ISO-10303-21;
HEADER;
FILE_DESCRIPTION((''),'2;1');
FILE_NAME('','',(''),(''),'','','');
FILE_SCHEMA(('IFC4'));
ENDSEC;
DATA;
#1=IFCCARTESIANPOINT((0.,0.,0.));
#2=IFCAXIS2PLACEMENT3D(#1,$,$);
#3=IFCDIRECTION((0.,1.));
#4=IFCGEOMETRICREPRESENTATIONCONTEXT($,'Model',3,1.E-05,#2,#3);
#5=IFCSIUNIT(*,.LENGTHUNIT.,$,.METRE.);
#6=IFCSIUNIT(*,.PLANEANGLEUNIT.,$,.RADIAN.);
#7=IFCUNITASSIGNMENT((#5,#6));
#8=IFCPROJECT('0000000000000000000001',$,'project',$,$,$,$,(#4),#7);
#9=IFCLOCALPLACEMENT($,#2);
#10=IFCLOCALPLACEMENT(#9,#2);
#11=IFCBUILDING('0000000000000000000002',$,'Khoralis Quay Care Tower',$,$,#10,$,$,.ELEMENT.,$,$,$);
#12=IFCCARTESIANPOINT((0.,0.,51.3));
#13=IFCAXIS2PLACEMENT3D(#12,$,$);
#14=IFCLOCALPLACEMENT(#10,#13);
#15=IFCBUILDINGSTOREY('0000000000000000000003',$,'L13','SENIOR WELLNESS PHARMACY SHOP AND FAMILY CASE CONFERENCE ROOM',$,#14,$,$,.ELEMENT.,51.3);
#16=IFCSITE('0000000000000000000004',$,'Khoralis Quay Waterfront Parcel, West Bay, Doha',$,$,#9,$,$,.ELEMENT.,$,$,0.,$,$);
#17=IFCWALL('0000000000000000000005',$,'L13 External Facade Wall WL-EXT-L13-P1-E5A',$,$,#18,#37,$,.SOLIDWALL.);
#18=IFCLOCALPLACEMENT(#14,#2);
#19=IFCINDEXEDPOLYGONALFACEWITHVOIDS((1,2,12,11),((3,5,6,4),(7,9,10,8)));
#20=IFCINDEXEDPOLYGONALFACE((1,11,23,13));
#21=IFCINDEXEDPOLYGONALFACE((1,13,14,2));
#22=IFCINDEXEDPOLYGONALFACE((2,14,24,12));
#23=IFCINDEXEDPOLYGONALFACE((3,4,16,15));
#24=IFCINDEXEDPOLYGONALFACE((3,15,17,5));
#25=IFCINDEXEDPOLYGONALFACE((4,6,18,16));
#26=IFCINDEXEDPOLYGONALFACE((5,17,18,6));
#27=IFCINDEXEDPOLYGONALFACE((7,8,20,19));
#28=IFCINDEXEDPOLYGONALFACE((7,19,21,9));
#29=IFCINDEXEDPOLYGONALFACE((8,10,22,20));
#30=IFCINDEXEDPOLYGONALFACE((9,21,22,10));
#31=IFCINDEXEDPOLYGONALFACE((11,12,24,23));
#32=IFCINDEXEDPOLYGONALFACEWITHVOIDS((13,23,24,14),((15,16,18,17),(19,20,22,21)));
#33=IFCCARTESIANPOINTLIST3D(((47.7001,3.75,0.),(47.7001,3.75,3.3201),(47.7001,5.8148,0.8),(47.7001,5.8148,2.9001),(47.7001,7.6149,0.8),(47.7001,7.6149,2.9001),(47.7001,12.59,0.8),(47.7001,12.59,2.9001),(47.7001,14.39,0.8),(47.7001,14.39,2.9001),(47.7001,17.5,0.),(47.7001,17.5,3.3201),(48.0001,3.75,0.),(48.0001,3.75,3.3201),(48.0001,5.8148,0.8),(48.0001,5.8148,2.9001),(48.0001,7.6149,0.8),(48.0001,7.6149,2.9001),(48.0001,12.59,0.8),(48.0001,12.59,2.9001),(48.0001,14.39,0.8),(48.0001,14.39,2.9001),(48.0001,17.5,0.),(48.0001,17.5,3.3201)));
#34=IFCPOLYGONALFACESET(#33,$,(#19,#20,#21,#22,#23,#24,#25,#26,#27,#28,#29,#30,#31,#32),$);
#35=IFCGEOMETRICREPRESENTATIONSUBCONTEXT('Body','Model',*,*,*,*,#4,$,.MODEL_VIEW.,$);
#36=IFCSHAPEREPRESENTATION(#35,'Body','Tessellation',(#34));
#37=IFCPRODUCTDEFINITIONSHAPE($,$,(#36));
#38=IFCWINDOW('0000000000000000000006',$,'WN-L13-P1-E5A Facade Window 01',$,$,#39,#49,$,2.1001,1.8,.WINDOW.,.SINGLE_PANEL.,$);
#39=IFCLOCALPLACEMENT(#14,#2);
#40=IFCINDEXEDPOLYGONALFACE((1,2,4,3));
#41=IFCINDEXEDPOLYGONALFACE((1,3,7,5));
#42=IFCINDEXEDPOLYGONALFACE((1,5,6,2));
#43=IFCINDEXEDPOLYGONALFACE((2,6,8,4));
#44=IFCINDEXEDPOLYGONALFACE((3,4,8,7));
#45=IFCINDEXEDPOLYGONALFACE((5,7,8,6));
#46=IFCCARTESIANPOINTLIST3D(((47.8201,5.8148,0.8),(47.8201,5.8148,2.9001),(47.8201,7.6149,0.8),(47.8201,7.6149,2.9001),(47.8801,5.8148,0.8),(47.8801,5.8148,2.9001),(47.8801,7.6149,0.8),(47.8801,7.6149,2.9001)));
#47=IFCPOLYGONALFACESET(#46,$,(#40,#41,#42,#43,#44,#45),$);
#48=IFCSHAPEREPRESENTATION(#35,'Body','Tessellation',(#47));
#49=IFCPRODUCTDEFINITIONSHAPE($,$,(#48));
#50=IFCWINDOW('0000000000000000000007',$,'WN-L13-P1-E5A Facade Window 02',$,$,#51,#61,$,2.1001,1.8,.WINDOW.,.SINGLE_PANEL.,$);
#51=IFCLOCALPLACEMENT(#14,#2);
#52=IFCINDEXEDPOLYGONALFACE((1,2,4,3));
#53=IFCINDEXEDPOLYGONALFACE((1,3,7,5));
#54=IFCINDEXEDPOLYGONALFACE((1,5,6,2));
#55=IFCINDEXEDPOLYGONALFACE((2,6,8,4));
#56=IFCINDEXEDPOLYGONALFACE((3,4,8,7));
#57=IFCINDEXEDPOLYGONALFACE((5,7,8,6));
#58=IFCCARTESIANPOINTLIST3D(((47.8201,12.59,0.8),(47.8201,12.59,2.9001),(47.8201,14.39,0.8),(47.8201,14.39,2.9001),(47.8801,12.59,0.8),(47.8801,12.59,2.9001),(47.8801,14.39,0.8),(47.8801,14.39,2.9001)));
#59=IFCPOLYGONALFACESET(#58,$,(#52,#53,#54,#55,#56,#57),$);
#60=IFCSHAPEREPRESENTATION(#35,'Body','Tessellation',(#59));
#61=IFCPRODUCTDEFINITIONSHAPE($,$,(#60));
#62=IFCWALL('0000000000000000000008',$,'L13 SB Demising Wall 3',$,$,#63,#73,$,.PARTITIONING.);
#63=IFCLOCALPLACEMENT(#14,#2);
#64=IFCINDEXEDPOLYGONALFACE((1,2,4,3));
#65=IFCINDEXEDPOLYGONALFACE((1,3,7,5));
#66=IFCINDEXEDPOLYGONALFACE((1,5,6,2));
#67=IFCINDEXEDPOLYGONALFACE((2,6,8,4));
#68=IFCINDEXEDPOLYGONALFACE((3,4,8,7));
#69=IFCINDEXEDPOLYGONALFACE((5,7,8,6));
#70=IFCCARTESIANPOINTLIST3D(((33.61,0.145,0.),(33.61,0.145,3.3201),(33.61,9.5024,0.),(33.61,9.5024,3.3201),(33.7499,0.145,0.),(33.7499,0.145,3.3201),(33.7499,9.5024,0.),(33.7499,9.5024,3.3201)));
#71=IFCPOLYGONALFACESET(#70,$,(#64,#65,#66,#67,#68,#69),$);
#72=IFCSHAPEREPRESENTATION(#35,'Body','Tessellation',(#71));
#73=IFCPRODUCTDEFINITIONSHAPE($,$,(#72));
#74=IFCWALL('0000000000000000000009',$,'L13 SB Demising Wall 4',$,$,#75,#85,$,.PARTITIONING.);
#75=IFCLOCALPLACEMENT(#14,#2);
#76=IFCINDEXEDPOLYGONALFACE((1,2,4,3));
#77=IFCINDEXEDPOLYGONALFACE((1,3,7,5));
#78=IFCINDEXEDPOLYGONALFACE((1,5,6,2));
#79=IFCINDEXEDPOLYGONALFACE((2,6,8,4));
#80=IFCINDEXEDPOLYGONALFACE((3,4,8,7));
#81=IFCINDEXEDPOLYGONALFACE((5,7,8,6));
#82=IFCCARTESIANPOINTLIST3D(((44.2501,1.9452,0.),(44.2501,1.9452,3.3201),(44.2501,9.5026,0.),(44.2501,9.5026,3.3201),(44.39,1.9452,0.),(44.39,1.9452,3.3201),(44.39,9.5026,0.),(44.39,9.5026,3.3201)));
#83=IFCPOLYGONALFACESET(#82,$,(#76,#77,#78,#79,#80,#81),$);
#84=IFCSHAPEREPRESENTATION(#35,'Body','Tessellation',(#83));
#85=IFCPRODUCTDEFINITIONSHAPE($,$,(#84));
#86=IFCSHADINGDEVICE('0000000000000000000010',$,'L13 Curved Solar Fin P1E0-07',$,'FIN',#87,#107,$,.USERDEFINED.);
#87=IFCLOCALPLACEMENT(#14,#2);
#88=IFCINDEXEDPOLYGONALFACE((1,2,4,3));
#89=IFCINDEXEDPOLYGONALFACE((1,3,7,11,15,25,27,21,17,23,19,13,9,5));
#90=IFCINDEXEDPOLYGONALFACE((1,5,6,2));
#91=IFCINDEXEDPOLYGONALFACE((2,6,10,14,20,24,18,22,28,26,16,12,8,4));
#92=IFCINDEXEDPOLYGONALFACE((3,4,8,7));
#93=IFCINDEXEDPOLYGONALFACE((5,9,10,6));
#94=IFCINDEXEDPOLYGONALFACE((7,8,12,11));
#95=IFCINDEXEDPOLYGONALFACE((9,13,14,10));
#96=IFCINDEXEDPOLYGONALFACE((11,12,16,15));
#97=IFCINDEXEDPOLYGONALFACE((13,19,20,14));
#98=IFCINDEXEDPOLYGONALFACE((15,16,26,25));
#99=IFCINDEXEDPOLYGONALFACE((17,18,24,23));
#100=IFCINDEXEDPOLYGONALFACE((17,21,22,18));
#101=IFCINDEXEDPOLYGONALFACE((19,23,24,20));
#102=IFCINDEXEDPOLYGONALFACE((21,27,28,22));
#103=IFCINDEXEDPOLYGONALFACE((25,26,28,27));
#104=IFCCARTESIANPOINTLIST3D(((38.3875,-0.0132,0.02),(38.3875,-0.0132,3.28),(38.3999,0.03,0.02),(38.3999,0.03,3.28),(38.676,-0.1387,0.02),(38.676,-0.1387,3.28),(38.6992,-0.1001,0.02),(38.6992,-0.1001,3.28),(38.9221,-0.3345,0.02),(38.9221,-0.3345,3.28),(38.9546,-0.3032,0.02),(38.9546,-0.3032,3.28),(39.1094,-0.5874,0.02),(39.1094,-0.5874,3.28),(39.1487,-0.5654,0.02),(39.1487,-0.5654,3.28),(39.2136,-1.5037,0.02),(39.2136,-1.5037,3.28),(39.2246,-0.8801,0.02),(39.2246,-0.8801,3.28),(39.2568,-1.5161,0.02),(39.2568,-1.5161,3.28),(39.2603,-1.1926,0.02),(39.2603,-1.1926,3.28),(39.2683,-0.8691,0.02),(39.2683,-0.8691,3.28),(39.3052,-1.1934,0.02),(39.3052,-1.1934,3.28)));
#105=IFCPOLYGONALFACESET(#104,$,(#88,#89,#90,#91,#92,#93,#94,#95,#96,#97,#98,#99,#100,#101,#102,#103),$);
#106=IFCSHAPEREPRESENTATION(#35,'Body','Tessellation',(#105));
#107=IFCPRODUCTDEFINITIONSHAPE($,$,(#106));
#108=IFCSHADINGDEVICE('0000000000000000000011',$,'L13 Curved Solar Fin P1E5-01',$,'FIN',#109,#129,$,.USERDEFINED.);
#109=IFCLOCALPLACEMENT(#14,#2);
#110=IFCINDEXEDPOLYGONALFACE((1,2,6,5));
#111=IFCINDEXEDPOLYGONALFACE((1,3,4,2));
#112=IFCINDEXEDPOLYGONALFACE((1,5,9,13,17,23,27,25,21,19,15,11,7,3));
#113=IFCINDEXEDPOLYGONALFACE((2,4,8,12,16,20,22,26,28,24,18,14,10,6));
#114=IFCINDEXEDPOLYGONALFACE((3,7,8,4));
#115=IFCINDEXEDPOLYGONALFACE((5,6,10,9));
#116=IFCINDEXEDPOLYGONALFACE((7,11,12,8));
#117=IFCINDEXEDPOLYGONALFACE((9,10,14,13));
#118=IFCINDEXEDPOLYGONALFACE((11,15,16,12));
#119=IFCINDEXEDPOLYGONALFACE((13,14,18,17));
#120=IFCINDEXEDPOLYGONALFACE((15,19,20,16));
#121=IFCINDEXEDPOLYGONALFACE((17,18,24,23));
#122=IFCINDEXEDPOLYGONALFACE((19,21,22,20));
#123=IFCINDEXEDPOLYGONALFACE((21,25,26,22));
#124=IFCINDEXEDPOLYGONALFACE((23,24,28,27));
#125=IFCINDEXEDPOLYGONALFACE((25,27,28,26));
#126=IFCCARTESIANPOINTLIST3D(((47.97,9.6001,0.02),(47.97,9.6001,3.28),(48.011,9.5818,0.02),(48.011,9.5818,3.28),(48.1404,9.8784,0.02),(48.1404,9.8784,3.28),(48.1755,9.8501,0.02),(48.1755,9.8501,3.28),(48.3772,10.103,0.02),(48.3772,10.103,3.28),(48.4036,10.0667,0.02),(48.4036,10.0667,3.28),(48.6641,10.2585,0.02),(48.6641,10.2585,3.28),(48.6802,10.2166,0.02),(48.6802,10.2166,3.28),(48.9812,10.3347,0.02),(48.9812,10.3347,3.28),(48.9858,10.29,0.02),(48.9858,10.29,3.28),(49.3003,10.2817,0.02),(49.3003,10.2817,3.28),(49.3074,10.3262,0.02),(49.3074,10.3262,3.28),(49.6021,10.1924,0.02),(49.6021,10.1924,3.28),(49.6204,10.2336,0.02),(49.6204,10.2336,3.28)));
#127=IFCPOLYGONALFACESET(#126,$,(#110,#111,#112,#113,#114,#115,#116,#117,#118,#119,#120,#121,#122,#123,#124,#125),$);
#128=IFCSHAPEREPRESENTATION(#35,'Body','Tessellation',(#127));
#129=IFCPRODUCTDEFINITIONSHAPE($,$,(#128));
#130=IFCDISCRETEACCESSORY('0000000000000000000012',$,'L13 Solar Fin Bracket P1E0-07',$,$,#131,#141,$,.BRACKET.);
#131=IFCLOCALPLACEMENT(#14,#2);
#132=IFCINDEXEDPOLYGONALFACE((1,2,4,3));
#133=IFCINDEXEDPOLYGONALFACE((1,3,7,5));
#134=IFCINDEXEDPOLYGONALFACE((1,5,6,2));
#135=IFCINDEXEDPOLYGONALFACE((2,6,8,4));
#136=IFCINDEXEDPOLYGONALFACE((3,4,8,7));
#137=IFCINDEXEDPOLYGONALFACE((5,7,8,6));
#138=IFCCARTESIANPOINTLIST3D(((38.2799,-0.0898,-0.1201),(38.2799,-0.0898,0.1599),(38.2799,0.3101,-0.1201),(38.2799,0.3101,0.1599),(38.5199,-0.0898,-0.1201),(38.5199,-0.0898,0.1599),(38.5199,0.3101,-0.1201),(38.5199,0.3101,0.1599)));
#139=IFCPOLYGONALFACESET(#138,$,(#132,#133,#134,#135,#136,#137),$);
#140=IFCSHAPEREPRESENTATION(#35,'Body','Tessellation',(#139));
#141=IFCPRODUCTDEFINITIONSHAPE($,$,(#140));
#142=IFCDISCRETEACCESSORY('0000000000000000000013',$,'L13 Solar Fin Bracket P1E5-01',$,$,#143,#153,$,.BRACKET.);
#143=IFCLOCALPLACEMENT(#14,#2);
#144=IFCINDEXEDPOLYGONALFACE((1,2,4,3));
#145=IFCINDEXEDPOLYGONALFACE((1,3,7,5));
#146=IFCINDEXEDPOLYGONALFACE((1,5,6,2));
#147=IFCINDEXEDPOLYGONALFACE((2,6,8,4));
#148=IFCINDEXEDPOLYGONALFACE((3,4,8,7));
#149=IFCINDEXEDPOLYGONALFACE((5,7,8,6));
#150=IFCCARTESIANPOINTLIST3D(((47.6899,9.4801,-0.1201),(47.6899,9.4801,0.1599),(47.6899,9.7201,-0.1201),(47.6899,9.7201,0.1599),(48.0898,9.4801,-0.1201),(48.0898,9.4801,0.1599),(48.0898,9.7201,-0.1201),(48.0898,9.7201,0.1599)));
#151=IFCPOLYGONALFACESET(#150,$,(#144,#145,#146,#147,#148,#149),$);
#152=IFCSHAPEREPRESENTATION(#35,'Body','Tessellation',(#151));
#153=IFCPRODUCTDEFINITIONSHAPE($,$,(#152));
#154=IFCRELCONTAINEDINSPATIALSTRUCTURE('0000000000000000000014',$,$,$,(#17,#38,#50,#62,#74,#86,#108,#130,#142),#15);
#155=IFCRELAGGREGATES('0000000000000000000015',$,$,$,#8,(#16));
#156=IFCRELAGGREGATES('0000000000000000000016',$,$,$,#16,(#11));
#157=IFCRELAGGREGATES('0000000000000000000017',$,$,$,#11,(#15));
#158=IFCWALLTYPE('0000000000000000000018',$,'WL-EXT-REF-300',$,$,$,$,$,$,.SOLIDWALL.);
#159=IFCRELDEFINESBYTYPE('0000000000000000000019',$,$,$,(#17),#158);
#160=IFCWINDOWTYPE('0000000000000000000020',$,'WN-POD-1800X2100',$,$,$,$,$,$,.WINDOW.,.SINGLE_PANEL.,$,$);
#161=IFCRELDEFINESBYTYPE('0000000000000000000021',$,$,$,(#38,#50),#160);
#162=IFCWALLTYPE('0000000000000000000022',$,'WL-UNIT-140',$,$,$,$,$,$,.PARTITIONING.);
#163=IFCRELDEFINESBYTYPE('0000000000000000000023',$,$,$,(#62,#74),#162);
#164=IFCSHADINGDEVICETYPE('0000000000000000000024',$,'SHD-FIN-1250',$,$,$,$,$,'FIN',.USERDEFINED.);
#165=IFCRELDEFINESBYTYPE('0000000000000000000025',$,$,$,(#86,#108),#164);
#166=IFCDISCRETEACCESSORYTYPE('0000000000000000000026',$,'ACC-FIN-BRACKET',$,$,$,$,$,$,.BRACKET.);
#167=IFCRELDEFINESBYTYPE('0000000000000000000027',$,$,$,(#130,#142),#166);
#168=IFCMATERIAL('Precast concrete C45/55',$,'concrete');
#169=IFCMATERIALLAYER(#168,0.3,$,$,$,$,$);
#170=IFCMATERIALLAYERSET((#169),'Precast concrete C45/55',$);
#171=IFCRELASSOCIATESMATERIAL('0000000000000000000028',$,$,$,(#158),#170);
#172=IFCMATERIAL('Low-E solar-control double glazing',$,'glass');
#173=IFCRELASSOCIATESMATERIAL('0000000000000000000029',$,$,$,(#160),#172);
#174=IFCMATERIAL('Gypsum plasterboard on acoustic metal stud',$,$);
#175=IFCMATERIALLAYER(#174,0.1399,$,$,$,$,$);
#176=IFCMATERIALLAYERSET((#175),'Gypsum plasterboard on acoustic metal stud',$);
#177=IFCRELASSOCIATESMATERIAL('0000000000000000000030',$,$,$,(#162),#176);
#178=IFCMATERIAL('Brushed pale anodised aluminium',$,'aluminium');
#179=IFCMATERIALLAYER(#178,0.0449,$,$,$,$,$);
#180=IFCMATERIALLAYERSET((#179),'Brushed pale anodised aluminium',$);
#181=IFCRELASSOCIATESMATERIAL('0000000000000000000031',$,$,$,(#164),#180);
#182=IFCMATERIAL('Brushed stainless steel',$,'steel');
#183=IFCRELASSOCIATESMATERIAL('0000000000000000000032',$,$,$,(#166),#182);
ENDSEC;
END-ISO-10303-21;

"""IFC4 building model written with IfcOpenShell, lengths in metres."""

from ifc_helpers import new_model, si_unit, direction, frame, frame_2d, origin, origin_2d, place, context, subcontext, project, spatial, polyline, rectangle, outline, extrude, source, transform, mapped, material, layer, layer_set, type_object, element, fill, save


model = new_model("IFC4")

# Units and contexts
model_context = context("Model", 3, precision=1e-05, world=origin(), true_north=direction((0.0, 1.0)))
body_context = subcontext(model_context, "Body", "Model", "MODEL_VIEW")
ifc_project = project(units=[si_unit("LENGTHUNIT", "METRE"), si_unit("PLANEANGLEUNIT", "RADIAN")], contexts=[model_context])

# Site, building, storey
site_placement = place(None, origin())
site = spatial("IfcSite", under=ifc_project, at=site_placement, Name="Khoralis Quay Waterfront Parcel, West Bay, Doha", CompositionType="ELEMENT", RefElevation=0.0)
building_placement = place(site_placement, origin())
building = spatial("IfcBuilding", under=site, at=building_placement, Name="Khoralis Quay Care Tower", CompositionType="ELEMENT")
storey_placement = place(building_placement, frame((0.0, 0.0, 51.3)))
storey = spatial("IfcBuildingStorey", under=building, at=storey_placement, Name="L13", Description="SENIOR WELLNESS PHARMACY SHOP AND FAMILY CASE CONFERENCE ROOM", CompositionType="ELEMENT", Elevation=51.3)

# Shared definitions
ifc_material_1 = material(Name="Gypsum plasterboard on acoustic metal stud")

# Shared definitions
ifc_material_2 = material(Name="Precast concrete C45/55", Category="concrete")
ifc_layer_1 = layer(ifc_material_2, 0.3)
ifc_layer_set_1 = layer_set([ifc_layer_1], Name="Precast concrete C45/55")
wall_type_1 = type_object("IfcWallType", Name="WL-EXT-REF-300", PredefinedType="SOLIDWALL", material=ifc_layer_set_1)
ifc_material_3 = material(Name="Low-E solar-control double glazing", Category="glass")
window_type = type_object("IfcWindowType", Name="WN-POD-1800X2100", PartitioningType="SINGLE_PANEL", PredefinedType="WINDOW", material=ifc_material_3)
shared_shape_1 = source(origin(), body_context, "Body", "SweptSolid", [
    extrude(rectangle(XDim=1.8, YDim=2.1001, at=frame_2d((0.8999, 1.05))), frame((0.0, 0.03, 0.0), z_axis=(0.0, -1.0, 0.0), x_axis=(1.0, 0.0, 0.0)), (0.0, 0.0, 1.0), 0.0601),
])

# Wall, openings, windows
wall_1_placement = place(storey_placement, frame((47.8501, 3.75, 0.0), z_axis=(0.0, 0.0, 1.0), x_axis=(0.0, 1.0, 0.0)))
wall_1 = element("IfcWall", 1, at=wall_1_placement, inside=storey, type_object=wall_type_1, Name="L13 External Facade Wall WL-EXT-L13-P1-E5A", PredefinedType="SOLIDWALL", context=body_context, shape_type="SweptSolid", body=[
    extrude(rectangle(XDim=13.75, YDim=0.3, at=frame_2d((6.875, 0.0))), origin(), (0.0, 0.0, 1.0), 3.3201),
])
opening_1_placement = place(wall_1_placement, frame((2.0649, 0.0, 0.8)))
opening_1 = element("IfcOpeningElement", 2, at=opening_1_placement, cuts=wall_1, PredefinedType="OPENING", context=body_context, shape_type="SweptSolid", body=[
    extrude(rectangle(XDim=1.8, YDim=2.1001, at=frame_2d((0.8999, 1.05))), frame((0.0, 0.1602, 0.0), z_axis=(0.0, -1.0, 0.0), x_axis=(1.0, 0.0, 0.0)), (0.0, 0.0, 1.0), 0.3201),
])
opening_2_placement = place(wall_1_placement, frame((8.8401, 0.0, 0.8)))
opening_2 = element("IfcOpeningElement", 3, at=opening_2_placement, cuts=wall_1, PredefinedType="OPENING", context=body_context, shape_type="SweptSolid", body=[
    extrude(rectangle(XDim=1.8, YDim=2.1001, at=frame_2d((0.8999, 1.05))), frame((0.0, 0.1602, 0.0), z_axis=(0.0, -1.0, 0.0), x_axis=(1.0, 0.0, 0.0)), (0.0, 0.0, 1.0), 0.3201),
])
window_1_placement = place(opening_1_placement, origin())
window_1 = element("IfcWindow", 4, at=window_1_placement, inside=storey, type_object=window_type, Name="WN-L13-P1-E5A Facade Window 01", OverallHeight=2.1001, OverallWidth=1.8, PartitioningType="SINGLE_PANEL", PredefinedType="WINDOW", context=body_context, shape_type="MappedRepresentation", body=[
    mapped(shared_shape_1, transform((0.0, 0.0, 0.0), scale=1.0)),
])
fill(opening_1, window_1)
window_2_placement = place(opening_2_placement, origin())
window_2 = element("IfcWindow", 5, at=window_2_placement, inside=storey, type_object=window_type, Name="WN-L13-P1-E5A Facade Window 02", OverallHeight=2.1001, OverallWidth=1.8, PartitioningType="SINGLE_PANEL", PredefinedType="WINDOW", context=body_context, shape_type="MappedRepresentation", body=[
    mapped(shared_shape_1, transform((0.0, 0.0, 0.0), scale=1.0)),
])
fill(opening_2, window_2)

# Walls
ifc_layer_2 = layer(ifc_material_1, 0.1399)
ifc_layer_set_2 = layer_set([ifc_layer_2], Name="Gypsum plasterboard on acoustic metal stud")
wall_type_2 = type_object("IfcWallType", Name="WL-UNIT-140", PredefinedType="PARTITIONING", material=ifc_layer_set_2)
wall_2_placement = place(storey_placement, frame((33.6799, 0.145, 0.0), z_axis=(0.0, 0.0, 1.0), x_axis=(0.0, 1.0, 0.0)))
element("IfcWall", 6, at=wall_2_placement, inside=storey, type_object=wall_type_2, Name="L13 SB Demising Wall 3", PredefinedType="PARTITIONING", context=body_context, shape_type="SweptSolid", body=[
    extrude(rectangle(XDim=9.3574, YDim=0.1399, at=frame_2d((4.6787, 0.0))), origin(), (0.0, 0.0, 1.0), 3.3201),
])
wall_3_placement = place(storey_placement, frame((44.3201, 1.9451, 0.0), z_axis=(0.0, 0.0, 1.0), x_axis=(0.0, 1.0, 0.0)))
element("IfcWall", 7, at=wall_3_placement, inside=storey, type_object=wall_type_2, Name="L13 SB Demising Wall 4", PredefinedType="PARTITIONING", context=body_context, shape_type="SweptSolid", body=[
    extrude(rectangle(XDim=7.5574, YDim=0.1399, at=frame_2d((3.7788, 0.0))), origin(), (0.0, 0.0, 1.0), 3.3201),
])

# Shading devices
ifc_material_4 = material(Name="Brushed pale anodised aluminium", Category="aluminium")
ifc_layer_3 = layer(ifc_material_4, 0.0449)
ifc_layer_set_3 = layer_set([ifc_layer_3], Name="Brushed pale anodised aluminium")
shading_device_type = type_object("IfcShadingDeviceType", Name="SHD-FIN-1250", ElementType="FIN", PredefinedType="USERDEFINED", material=ifc_layer_set_3)
shared_shape_2 = source(origin(), body_context, "Body", "SweptSolid", [
    extrude(outline(polyline([(0.0, 0.0), (0.1301, 0.2993), (0.3333, 0.5547), (0.5955, 0.7488), (0.8992, 0.8684), (1.2234, 0.9053), (1.5461, 0.8569), (1.5337, 0.8137), (1.2227, 0.8604), (0.9102, 0.8247), (0.6174, 0.7095), (0.3645, 0.5222), (0.1687, 0.2761), (0.0432, -0.0125), (0.0, 0.0)])), origin(), (0.0, 0.0, 1.0), 3.26),
])
shading_device_1_placement = place(storey_placement, frame((38.3999, 0.03, 0.02), z_axis=(0.0, 0.0, 1.0), x_axis=(0.0, -1.0, 0.0)))
element("IfcShadingDevice", 8, at=shading_device_1_placement, inside=storey, type_object=shading_device_type, Name="L13 Curved Solar Fin P1E0-07", ObjectType="FIN", PredefinedType="USERDEFINED", context=body_context, shape_type="MappedRepresentation", body=[
    mapped(shared_shape_2, transform((0.0, 0.0, 0.0), scale=1.0)),
])
shared_shape_3 = source(origin(), body_context, "Body", "SweptSolid", [
    extrude(outline(polyline([(0.0, 0.0), (0.1704, 0.2783), (0.4072, 0.5029), (0.6941, 0.6584), (1.0112, 0.7346), (1.3374, 0.7261), (1.6504, 0.6335), (1.6321, 0.5923), (1.3303, 0.6816), (1.0159, 0.6899), (0.7102, 0.6165), (0.4336, 0.4666), (0.2056, 0.25), (0.041, -0.0183), (0.0, 0.0)])), origin(), (0.0, 0.0, 1.0), 3.26),
])
shading_device_2_placement = place(storey_placement, frame((47.97, 9.6001, 0.02), z_axis=(0.0, 0.0, 1.0), x_axis=(1.0, 0.0, 0.0)))
element("IfcShadingDevice", 9, at=shading_device_2_placement, inside=storey, type_object=shading_device_type, Name="L13 Curved Solar Fin P1E5-01", ObjectType="FIN", PredefinedType="USERDEFINED", context=body_context, shape_type="MappedRepresentation", body=[
    mapped(shared_shape_3, transform((0.0, 0.0, 0.0), scale=1.0)),
])

# Discrete accessories
ifc_material_5 = material(Name="Brushed stainless steel", Category="steel")
discrete_accessory_type = type_object("IfcDiscreteAccessoryType", Name="ACC-FIN-BRACKET", PredefinedType="BRACKET", material=ifc_material_5)
shared_shape_4 = source(origin(), body_context, "Body", "SweptSolid", [
    extrude(rectangle(XDim=0.3999, YDim=0.24, at=origin_2d()), origin(), (0.0, 0.0, 1.0), 0.28),
])
for number, where, z_axis, x_axis, name in (
    (10, (38.3999, 0.1101, -0.1201), (0.0, 0.0, 1.0), (0.0, -1.0, 0.0), "L13 Solar Fin Bracket P1E0-07"),
    (11, (47.8899, 9.6001, -0.1201), (0.0, 0.0, 1.0), (1.0, 0.0, 0.0), "L13 Solar Fin Bracket P1E5-01"),
):
    element("IfcDiscreteAccessory", number, at=place(storey_placement, frame(where, z_axis=z_axis, x_axis=x_axis)), inside=storey, type_object=discrete_accessory_type, Name=name, PredefinedType="BRACKET", context=body_context, shape_type="MappedRepresentation", body=[
        mapped(shared_shape_4, transform((0.0, 0.0, 0.0), scale=1.0)),
    ])

save(model, "model.ifc")
